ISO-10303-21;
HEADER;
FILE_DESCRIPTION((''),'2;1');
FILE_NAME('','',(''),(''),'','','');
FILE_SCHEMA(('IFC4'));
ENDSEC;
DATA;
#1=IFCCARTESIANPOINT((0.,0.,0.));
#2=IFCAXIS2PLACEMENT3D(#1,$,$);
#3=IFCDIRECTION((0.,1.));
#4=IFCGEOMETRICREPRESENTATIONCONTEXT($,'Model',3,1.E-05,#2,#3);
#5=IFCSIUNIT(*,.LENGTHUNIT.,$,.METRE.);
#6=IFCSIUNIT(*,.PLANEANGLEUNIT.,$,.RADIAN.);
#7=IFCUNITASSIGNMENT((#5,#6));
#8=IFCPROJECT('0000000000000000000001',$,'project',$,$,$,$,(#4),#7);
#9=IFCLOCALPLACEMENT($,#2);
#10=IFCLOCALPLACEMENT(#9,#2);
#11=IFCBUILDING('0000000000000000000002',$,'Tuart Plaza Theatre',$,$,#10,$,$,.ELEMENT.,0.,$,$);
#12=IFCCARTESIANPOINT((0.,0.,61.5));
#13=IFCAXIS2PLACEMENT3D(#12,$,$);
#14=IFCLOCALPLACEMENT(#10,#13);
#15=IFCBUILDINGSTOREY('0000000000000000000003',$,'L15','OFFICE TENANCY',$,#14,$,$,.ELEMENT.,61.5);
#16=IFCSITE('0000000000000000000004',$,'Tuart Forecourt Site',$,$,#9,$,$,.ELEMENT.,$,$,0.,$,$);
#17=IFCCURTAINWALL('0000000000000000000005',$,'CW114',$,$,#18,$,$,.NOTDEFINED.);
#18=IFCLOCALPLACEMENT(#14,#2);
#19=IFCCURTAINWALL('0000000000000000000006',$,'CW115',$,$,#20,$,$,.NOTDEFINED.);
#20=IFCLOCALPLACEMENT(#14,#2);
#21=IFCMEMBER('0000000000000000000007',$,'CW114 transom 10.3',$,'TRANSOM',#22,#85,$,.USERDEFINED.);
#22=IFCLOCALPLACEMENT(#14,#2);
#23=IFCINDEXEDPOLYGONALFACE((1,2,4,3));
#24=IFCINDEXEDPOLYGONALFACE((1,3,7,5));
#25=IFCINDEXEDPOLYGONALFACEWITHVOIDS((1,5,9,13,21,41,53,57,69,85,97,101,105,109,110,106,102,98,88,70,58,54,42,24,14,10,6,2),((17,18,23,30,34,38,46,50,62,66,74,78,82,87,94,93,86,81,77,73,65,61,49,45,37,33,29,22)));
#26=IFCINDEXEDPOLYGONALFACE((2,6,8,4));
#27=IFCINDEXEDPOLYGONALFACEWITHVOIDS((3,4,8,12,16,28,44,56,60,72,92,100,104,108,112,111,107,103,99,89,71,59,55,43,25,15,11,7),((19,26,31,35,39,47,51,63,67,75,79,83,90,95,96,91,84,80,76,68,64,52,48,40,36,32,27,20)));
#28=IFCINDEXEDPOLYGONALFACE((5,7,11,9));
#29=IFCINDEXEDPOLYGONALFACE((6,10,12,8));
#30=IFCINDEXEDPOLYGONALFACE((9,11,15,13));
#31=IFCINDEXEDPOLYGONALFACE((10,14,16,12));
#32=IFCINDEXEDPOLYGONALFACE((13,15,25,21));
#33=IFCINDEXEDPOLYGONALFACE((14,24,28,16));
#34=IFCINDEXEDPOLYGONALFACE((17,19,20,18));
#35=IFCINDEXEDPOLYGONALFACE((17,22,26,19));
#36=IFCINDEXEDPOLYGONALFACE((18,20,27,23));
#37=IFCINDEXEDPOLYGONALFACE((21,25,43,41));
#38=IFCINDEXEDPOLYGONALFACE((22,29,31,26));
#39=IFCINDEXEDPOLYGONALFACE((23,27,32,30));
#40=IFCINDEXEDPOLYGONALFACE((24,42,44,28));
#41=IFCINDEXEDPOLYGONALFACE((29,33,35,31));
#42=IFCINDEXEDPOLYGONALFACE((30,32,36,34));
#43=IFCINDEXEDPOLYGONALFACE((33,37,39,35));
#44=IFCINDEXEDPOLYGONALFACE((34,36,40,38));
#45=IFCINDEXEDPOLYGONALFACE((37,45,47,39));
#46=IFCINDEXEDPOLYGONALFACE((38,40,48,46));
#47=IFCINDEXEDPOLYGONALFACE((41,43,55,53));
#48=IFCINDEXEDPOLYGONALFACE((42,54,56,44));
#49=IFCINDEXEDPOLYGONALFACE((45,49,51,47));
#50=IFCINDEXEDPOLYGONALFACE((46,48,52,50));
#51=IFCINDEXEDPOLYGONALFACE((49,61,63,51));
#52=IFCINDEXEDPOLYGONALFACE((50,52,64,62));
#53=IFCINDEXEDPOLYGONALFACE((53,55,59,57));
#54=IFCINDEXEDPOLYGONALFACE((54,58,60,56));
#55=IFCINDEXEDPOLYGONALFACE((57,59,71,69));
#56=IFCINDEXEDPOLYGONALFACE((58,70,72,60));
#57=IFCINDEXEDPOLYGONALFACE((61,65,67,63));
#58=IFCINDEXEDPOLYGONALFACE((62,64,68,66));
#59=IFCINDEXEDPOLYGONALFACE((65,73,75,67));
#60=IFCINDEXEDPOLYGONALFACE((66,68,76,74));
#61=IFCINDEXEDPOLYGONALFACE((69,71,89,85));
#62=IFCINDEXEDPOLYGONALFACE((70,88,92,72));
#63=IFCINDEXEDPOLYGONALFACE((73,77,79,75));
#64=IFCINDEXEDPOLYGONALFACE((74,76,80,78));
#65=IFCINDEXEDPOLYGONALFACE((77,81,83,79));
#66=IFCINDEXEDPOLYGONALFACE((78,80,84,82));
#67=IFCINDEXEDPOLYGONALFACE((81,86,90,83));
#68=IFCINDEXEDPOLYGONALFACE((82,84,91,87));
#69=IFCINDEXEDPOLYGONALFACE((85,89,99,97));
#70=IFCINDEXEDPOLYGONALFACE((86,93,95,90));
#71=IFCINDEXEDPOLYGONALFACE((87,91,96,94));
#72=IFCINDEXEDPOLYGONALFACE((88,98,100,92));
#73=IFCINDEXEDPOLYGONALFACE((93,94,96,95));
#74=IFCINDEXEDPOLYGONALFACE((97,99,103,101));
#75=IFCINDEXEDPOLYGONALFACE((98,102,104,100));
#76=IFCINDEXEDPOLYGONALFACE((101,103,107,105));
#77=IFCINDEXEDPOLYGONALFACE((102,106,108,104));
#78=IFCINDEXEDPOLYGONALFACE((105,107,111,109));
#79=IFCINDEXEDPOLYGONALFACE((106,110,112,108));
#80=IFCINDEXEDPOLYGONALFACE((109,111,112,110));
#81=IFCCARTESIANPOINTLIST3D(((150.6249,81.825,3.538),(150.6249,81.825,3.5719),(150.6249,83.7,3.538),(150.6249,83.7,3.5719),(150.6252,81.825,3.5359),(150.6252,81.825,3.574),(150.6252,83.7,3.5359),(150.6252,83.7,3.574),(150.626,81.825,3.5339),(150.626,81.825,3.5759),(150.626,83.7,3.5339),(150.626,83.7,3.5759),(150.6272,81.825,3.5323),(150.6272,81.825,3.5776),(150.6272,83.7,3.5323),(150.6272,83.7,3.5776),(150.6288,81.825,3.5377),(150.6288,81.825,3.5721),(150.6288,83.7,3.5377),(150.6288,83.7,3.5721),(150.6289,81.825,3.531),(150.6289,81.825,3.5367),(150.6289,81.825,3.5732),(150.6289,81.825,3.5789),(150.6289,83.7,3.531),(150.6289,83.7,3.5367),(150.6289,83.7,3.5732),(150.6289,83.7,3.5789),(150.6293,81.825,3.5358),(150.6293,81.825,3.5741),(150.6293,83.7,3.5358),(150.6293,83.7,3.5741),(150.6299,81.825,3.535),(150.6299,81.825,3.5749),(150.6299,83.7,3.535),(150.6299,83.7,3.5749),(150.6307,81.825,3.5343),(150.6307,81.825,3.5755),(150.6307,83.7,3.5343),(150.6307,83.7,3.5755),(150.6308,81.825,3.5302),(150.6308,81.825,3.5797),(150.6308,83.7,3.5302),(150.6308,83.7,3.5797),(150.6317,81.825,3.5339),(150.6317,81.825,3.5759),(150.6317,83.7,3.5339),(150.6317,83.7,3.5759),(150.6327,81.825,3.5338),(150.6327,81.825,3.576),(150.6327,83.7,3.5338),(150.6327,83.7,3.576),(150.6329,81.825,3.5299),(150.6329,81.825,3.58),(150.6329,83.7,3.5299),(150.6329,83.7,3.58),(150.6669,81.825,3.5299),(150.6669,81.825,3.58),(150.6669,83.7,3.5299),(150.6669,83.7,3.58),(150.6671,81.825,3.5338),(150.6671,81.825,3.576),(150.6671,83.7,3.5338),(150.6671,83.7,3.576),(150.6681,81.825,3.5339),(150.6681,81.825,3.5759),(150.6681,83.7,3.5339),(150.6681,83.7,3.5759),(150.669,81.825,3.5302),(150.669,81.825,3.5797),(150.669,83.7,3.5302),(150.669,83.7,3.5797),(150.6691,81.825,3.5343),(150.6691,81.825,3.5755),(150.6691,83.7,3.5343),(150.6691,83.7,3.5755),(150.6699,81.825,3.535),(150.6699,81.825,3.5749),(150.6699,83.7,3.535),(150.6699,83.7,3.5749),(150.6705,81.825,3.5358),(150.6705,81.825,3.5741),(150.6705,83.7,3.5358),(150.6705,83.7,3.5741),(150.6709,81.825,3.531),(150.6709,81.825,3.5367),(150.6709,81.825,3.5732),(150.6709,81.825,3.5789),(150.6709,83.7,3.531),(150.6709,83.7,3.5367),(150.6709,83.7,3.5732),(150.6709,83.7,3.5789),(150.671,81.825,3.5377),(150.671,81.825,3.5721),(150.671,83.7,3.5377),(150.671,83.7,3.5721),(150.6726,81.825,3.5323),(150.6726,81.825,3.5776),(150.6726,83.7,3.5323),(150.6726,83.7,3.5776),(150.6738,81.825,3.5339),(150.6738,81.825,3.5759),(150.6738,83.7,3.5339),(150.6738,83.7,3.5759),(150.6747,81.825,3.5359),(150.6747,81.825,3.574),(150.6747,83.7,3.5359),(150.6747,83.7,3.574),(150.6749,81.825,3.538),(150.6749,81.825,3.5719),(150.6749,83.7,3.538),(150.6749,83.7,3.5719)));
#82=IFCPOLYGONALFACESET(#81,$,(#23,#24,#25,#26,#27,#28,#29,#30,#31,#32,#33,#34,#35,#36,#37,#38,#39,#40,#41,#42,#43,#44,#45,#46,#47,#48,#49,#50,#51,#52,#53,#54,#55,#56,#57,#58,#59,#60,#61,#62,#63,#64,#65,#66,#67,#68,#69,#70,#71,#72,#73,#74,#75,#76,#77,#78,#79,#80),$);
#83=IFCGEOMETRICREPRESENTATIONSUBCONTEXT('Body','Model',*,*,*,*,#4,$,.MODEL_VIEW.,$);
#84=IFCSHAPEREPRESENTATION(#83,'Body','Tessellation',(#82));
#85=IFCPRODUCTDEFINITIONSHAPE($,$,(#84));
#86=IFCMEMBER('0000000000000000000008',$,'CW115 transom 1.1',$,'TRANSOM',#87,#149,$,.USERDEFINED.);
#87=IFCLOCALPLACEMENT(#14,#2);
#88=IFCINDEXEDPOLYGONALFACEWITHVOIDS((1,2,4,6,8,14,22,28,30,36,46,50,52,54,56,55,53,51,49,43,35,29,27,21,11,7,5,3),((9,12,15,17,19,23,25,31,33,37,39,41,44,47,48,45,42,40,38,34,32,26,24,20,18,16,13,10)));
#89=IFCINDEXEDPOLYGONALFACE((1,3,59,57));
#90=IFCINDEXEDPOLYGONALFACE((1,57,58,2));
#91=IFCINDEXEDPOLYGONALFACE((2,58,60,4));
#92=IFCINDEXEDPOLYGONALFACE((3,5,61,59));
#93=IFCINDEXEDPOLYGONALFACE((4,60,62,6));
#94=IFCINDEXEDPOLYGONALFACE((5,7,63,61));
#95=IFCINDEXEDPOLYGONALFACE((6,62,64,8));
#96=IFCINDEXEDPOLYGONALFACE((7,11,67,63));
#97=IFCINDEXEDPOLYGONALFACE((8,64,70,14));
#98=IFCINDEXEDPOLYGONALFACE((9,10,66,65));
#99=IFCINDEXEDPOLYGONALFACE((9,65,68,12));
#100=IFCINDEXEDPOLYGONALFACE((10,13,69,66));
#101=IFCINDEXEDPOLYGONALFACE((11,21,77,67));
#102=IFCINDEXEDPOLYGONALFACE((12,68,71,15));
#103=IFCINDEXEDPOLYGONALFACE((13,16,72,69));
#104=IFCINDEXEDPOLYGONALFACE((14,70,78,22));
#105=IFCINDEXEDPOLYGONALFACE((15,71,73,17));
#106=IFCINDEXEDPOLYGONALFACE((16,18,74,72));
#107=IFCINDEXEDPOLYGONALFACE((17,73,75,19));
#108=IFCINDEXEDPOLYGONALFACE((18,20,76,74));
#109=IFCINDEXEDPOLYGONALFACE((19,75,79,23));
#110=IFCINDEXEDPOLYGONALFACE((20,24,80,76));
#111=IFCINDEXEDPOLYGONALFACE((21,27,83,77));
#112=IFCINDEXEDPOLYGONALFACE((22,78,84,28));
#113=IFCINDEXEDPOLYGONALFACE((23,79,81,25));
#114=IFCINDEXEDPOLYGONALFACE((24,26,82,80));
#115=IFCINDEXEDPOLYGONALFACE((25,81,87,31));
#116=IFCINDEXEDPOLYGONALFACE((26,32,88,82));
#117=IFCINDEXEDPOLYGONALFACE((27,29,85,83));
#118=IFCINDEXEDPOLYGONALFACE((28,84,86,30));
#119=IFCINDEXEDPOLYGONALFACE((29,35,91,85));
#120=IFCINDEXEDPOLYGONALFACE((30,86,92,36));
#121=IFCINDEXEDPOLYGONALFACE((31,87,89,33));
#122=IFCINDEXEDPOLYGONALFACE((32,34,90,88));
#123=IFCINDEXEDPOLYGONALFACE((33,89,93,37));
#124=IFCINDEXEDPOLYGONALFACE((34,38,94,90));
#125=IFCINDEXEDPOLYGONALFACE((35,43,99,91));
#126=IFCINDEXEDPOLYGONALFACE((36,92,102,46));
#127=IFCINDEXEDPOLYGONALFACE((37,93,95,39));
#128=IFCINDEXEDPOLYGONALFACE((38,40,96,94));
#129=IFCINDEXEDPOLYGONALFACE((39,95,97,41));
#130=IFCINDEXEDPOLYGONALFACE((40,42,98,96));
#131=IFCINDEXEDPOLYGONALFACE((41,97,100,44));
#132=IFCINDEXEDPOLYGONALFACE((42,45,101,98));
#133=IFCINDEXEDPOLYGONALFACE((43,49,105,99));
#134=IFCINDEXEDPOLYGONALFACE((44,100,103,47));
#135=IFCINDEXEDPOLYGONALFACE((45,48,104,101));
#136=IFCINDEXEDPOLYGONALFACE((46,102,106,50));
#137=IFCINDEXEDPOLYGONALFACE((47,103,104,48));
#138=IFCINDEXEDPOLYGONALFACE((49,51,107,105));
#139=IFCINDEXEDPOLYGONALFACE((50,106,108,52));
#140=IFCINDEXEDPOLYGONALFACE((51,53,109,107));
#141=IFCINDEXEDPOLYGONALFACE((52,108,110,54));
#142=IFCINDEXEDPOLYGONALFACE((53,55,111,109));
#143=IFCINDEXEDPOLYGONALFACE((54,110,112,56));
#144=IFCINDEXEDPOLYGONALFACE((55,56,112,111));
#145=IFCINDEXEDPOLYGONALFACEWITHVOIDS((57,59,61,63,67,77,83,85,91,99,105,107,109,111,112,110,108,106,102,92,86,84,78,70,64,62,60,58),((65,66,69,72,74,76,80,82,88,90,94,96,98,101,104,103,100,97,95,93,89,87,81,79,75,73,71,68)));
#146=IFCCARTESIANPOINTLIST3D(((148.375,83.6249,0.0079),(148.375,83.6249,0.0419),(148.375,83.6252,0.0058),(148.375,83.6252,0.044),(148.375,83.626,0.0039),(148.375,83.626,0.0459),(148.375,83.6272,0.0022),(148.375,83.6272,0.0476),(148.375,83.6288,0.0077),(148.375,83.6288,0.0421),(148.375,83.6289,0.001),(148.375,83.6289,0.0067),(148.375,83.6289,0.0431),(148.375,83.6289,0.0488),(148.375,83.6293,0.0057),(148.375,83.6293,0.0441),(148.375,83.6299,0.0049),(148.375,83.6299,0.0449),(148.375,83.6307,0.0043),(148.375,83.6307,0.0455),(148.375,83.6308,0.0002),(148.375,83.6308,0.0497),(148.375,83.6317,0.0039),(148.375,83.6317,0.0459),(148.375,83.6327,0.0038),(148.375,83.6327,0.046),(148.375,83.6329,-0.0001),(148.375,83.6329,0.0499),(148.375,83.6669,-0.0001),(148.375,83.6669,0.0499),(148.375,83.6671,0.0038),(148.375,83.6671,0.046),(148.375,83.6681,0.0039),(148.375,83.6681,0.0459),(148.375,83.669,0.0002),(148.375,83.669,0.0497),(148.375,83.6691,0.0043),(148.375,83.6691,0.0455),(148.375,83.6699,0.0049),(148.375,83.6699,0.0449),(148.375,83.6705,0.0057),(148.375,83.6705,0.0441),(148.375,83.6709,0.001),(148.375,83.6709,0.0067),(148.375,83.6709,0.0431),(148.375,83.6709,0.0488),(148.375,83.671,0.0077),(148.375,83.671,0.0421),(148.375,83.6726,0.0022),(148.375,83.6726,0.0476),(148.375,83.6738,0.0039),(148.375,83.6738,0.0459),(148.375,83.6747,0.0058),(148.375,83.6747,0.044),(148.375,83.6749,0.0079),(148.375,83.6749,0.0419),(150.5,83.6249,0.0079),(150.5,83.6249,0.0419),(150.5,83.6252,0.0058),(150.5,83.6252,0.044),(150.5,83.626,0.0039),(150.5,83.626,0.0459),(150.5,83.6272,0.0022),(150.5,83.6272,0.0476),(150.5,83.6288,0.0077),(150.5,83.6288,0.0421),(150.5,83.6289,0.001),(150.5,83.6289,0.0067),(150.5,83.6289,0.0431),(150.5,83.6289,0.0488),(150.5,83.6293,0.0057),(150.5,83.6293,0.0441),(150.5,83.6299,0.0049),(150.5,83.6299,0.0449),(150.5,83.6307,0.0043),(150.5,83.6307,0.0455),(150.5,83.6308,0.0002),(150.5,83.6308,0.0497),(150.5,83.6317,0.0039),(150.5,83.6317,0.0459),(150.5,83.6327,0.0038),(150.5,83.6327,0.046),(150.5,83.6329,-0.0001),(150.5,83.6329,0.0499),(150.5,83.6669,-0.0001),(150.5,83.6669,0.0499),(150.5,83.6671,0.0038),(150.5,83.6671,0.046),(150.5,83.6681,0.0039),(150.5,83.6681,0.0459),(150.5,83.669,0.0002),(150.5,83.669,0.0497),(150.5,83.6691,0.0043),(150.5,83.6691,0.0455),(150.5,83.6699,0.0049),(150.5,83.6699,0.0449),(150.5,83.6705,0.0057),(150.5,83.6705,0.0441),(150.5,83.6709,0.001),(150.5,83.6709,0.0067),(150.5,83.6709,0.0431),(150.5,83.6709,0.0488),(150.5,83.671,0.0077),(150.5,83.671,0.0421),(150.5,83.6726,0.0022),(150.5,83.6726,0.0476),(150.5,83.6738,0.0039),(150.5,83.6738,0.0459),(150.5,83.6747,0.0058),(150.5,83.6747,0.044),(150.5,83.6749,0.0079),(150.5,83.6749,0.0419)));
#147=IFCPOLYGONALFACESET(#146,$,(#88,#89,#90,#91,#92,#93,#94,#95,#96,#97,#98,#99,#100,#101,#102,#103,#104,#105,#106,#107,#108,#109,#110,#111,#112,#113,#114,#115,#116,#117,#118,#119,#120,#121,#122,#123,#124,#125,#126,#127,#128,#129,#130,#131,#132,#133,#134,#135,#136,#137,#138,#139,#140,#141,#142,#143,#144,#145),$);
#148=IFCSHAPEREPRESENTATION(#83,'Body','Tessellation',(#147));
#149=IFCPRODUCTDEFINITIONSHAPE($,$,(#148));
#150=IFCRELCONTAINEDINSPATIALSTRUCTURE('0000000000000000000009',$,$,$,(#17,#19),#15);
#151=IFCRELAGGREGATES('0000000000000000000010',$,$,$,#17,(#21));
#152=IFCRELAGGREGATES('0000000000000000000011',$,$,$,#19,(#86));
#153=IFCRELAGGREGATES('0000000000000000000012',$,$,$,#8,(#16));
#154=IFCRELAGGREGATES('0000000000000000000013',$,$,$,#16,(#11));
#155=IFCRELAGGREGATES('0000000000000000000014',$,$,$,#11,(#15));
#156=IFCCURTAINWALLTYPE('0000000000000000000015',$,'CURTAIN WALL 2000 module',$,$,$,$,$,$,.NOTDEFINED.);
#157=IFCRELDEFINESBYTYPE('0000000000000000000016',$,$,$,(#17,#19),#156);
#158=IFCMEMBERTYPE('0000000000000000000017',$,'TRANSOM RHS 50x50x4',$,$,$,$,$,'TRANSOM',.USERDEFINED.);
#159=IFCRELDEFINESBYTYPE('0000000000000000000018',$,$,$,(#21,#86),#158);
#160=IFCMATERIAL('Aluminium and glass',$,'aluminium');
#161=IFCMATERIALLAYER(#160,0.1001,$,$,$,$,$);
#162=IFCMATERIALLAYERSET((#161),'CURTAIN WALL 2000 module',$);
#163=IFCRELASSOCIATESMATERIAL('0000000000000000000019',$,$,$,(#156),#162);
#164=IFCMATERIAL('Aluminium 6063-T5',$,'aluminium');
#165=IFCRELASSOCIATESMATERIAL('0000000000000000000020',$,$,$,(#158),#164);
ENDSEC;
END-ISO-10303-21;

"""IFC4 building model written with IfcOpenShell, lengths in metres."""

from ifc_helpers import new_model, si_unit, direction, frame, origin, origin_2d, place, context, subcontext, project, spatial, hollow_rectangle, extrude, material, layer, layer_set, material_profile, profile_set, type_object, element, aggregate, save


model = new_model("IFC4")

# Units and contexts
model_context = context("Model", 3, precision=1e-05, world=origin(), true_north=direction((0.0, 1.0)))
body_context = subcontext(model_context, "Body", "Model", "MODEL_VIEW")
ifc_project = project(units=[si_unit("LENGTHUNIT", "METRE"), si_unit("PLANEANGLEUNIT", "RADIAN")], contexts=[model_context])

# Site, building, storey
site_placement = place(None, origin())
site = spatial("IfcSite", under=ifc_project, at=site_placement, Name="Tuart Forecourt Site", CompositionType="ELEMENT", RefElevation=0.0)
building_placement = place(site_placement, origin())
building = spatial("IfcBuilding", under=site, at=building_placement, Name="Tuart Plaza Theatre", CompositionType="ELEMENT", ElevationOfRefHeight=0.0)
storey_placement = place(building_placement, frame((0.0, 0.0, 61.5)))
storey = spatial("IfcBuildingStorey", under=building, at=storey_placement, Name="L15", Description="OFFICE TENANCY", CompositionType="ELEMENT", Elevation=61.5)

# Curtain wall
ifc_material_1 = material(Name="Aluminium and glass", Category="aluminium")
ifc_layer_1 = layer(ifc_material_1, 0.1001)
ifc_layer_set_1 = layer_set([ifc_layer_1], Name="CURTAIN WALL 2000 module")
curtain_wall_type = type_object("IfcCurtainWallType", Name="CURTAIN WALL 2000 module", PredefinedType="NOTDEFINED", material=ifc_layer_set_1)
curtain_wall_1_placement = place(storey_placement, origin())
curtain_wall_1 = element("IfcCurtainWall", 1, at=curtain_wall_1_placement, inside=storey, type_object=curtain_wall_type, Name="CW114", PredefinedType="NOTDEFINED")

# Curtain wall
curtain_wall_2_placement = place(storey_placement, origin())
curtain_wall_2 = element("IfcCurtainWall", 2, at=curtain_wall_2_placement, inside=storey, type_object=curtain_wall_type, Name="CW115", PredefinedType="NOTDEFINED")

# Members
ifc_material_2 = material(Name="Aluminium 6063-T5", Category="aluminium")
ifc_material_profile_1 = material_profile(ifc_material_2, hollow_rectangle(XDim=0.05, YDim=0.05, WallThickness=0.0039, InnerFilletRadius=0.0039, OuterFilletRadius=0.0081, at=origin_2d()), Name="RHS 50x50x4")
ifc_profile_set_1 = profile_set([ifc_material_profile_1], Name="Aluminium 6063-T5")
member_type_1 = type_object("IfcMemberType", Name="TRANSOM RHS 50x50x4", ElementType="TRANSOM", PredefinedType="USERDEFINED", material=ifc_profile_set_1)
member_1_placement = place(storey_placement, frame((150.6499, 81.825, 3.5549), z_axis=(0.0, 1.0, 0.0), x_axis=(-1.0, 0.0, 0.0)))
member_1 = element("IfcMember", 3, at=member_1_placement, type_object=member_type_1, Name="CW114 transom 10.3", ObjectType="TRANSOM", PredefinedType="USERDEFINED", context=body_context, shape_type="SweptSolid", body=[
    extrude(hollow_rectangle(XDim=0.05, YDim=0.05, WallThickness=0.0039, InnerFilletRadius=0.0039, OuterFilletRadius=0.0081, at=origin_2d()), origin(), (0.0, 0.0, 1.0), 1.875),
])
member_2_placement = place(storey_placement, frame((150.5, 83.6499, 0.0249), z_axis=(-1.0, 0.0, 0.0), x_axis=(0.0, -1.0, 0.0)))
member_2 = element("IfcMember", 4, at=member_2_placement, type_object=member_type_1, Name="CW115 transom 1.1", ObjectType="TRANSOM", PredefinedType="USERDEFINED", context=body_context, shape_type="SweptSolid", body=[
    extrude(hollow_rectangle(XDim=0.05, YDim=0.05, WallThickness=0.0039, InnerFilletRadius=0.0039, OuterFilletRadius=0.0081, at=origin_2d()), origin(), (0.0, 0.0, 1.0), 2.125),
])

aggregate(curtain_wall_1, [member_1])
aggregate(curtain_wall_2, [member_2])

save(model, "model.ifc")
